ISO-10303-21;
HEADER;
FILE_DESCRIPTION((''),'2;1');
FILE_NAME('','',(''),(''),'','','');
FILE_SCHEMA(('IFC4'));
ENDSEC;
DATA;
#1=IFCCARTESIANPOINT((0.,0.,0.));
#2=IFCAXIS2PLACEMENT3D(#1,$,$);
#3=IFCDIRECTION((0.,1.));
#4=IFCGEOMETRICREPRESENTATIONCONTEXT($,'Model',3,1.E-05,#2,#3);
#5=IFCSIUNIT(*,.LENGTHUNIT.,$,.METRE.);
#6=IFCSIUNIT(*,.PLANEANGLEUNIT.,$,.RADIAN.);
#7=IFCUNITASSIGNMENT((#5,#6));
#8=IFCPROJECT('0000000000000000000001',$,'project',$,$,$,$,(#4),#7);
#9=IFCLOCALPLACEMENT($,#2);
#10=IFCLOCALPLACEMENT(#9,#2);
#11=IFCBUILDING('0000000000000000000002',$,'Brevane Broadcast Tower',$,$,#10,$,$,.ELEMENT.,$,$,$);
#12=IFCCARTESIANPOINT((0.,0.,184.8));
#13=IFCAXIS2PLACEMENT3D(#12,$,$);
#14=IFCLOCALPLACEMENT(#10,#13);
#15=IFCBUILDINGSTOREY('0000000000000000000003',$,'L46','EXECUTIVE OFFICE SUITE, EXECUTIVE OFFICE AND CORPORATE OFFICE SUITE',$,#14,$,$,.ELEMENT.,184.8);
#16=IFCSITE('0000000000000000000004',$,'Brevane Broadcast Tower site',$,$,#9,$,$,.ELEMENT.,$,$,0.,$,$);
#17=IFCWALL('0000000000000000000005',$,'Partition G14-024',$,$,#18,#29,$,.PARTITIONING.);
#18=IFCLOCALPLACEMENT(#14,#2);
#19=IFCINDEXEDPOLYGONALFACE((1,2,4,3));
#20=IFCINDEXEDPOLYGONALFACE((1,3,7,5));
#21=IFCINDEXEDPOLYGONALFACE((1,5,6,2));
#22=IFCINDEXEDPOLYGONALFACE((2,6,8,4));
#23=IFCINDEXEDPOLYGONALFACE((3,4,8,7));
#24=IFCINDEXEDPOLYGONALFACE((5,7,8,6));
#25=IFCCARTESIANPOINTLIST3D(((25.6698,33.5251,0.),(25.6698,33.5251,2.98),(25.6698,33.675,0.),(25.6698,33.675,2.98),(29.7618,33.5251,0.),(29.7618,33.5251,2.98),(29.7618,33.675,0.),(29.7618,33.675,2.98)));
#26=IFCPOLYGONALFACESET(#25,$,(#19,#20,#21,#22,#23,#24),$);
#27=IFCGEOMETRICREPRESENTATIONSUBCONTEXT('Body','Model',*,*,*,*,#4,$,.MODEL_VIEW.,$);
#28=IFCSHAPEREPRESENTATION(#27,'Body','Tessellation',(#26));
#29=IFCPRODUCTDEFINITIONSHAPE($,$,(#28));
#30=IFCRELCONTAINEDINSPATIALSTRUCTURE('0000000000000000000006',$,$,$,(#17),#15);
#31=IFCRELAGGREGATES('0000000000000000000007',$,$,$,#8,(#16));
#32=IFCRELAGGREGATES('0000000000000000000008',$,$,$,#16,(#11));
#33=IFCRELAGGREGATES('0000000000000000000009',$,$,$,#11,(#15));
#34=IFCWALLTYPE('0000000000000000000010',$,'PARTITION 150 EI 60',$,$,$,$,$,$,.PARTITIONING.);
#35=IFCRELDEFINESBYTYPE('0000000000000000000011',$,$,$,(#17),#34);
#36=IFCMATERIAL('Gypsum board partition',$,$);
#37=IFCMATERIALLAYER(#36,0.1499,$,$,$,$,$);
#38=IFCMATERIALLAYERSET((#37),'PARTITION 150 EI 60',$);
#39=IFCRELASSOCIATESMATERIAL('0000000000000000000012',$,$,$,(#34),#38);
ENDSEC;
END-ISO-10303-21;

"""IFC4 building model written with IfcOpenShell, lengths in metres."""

from ifc_helpers import new_model, si_unit, direction, frame, frame_2d, origin, place, context, subcontext, project, spatial, rectangle, extrude, material, layer, layer_set, type_object, element, save


model = new_model("IFC4")

# Units and contexts
model_context = context("Model", 3, precision=1e-05, world=origin(), true_north=direction((0.0, 1.0)))
body_context = subcontext(model_context, "Body", "Model", "MODEL_VIEW")
ifc_project = project(units=[si_unit("LENGTHUNIT", "METRE"), si_unit("PLANEANGLEUNIT", "RADIAN")], contexts=[model_context])

# Site, building, storey
site_placement = place(None, origin())
site = spatial("IfcSite", under=ifc_project, at=site_placement, Name="Brevane Broadcast Tower site", CompositionType="ELEMENT", RefElevation=0.0)
building_placement = place(site_placement, origin())
building = spatial("IfcBuilding", under=site, at=building_placement, Name="Brevane Broadcast Tower", CompositionType="ELEMENT")
storey_placement = place(building_placement, frame((0.0, 0.0, 184.8)))
storey = spatial("IfcBuildingStorey", under=building, at=storey_placement, Name="L46", Description="EXECUTIVE OFFICE SUITE, EXECUTIVE OFFICE AND CORPORATE OFFICE SUITE", CompositionType="ELEMENT", Elevation=184.8)

# Shared definitions
ifc_material_1 = material(Name="Gypsum board partition")

# Shared definitions
ifc_layer_1 = layer(ifc_material_1, 0.1499)
ifc_layer_set_1 = layer_set([ifc_layer_1], Name="PARTITION 150 EI 60")
wall_type_1 = type_object("IfcWallType", Name="PARTITION 150 EI 60", PredefinedType="PARTITIONING", material=ifc_layer_set_1)

# Wall
wall_1_placement = place(storey_placement, frame((25.6699, 33.6001, 0.0), z_axis=(0.0, 0.0, 1.0), x_axis=(1.0, 0.0, 0.0)))
element("IfcWall", 1, at=wall_1_placement, inside=storey, type_object=wall_type_1, Name="Partition G14-024", PredefinedType="PARTITIONING", context=body_context, shape_type="SweptSolid", body=[
    extrude(rectangle(XDim=4.092, YDim=0.1499, at=frame_2d((2.0459, 0.0))), origin(), (0.0, 0.0, 1.0), 2.98),
])

save(model, "model.ifc")
